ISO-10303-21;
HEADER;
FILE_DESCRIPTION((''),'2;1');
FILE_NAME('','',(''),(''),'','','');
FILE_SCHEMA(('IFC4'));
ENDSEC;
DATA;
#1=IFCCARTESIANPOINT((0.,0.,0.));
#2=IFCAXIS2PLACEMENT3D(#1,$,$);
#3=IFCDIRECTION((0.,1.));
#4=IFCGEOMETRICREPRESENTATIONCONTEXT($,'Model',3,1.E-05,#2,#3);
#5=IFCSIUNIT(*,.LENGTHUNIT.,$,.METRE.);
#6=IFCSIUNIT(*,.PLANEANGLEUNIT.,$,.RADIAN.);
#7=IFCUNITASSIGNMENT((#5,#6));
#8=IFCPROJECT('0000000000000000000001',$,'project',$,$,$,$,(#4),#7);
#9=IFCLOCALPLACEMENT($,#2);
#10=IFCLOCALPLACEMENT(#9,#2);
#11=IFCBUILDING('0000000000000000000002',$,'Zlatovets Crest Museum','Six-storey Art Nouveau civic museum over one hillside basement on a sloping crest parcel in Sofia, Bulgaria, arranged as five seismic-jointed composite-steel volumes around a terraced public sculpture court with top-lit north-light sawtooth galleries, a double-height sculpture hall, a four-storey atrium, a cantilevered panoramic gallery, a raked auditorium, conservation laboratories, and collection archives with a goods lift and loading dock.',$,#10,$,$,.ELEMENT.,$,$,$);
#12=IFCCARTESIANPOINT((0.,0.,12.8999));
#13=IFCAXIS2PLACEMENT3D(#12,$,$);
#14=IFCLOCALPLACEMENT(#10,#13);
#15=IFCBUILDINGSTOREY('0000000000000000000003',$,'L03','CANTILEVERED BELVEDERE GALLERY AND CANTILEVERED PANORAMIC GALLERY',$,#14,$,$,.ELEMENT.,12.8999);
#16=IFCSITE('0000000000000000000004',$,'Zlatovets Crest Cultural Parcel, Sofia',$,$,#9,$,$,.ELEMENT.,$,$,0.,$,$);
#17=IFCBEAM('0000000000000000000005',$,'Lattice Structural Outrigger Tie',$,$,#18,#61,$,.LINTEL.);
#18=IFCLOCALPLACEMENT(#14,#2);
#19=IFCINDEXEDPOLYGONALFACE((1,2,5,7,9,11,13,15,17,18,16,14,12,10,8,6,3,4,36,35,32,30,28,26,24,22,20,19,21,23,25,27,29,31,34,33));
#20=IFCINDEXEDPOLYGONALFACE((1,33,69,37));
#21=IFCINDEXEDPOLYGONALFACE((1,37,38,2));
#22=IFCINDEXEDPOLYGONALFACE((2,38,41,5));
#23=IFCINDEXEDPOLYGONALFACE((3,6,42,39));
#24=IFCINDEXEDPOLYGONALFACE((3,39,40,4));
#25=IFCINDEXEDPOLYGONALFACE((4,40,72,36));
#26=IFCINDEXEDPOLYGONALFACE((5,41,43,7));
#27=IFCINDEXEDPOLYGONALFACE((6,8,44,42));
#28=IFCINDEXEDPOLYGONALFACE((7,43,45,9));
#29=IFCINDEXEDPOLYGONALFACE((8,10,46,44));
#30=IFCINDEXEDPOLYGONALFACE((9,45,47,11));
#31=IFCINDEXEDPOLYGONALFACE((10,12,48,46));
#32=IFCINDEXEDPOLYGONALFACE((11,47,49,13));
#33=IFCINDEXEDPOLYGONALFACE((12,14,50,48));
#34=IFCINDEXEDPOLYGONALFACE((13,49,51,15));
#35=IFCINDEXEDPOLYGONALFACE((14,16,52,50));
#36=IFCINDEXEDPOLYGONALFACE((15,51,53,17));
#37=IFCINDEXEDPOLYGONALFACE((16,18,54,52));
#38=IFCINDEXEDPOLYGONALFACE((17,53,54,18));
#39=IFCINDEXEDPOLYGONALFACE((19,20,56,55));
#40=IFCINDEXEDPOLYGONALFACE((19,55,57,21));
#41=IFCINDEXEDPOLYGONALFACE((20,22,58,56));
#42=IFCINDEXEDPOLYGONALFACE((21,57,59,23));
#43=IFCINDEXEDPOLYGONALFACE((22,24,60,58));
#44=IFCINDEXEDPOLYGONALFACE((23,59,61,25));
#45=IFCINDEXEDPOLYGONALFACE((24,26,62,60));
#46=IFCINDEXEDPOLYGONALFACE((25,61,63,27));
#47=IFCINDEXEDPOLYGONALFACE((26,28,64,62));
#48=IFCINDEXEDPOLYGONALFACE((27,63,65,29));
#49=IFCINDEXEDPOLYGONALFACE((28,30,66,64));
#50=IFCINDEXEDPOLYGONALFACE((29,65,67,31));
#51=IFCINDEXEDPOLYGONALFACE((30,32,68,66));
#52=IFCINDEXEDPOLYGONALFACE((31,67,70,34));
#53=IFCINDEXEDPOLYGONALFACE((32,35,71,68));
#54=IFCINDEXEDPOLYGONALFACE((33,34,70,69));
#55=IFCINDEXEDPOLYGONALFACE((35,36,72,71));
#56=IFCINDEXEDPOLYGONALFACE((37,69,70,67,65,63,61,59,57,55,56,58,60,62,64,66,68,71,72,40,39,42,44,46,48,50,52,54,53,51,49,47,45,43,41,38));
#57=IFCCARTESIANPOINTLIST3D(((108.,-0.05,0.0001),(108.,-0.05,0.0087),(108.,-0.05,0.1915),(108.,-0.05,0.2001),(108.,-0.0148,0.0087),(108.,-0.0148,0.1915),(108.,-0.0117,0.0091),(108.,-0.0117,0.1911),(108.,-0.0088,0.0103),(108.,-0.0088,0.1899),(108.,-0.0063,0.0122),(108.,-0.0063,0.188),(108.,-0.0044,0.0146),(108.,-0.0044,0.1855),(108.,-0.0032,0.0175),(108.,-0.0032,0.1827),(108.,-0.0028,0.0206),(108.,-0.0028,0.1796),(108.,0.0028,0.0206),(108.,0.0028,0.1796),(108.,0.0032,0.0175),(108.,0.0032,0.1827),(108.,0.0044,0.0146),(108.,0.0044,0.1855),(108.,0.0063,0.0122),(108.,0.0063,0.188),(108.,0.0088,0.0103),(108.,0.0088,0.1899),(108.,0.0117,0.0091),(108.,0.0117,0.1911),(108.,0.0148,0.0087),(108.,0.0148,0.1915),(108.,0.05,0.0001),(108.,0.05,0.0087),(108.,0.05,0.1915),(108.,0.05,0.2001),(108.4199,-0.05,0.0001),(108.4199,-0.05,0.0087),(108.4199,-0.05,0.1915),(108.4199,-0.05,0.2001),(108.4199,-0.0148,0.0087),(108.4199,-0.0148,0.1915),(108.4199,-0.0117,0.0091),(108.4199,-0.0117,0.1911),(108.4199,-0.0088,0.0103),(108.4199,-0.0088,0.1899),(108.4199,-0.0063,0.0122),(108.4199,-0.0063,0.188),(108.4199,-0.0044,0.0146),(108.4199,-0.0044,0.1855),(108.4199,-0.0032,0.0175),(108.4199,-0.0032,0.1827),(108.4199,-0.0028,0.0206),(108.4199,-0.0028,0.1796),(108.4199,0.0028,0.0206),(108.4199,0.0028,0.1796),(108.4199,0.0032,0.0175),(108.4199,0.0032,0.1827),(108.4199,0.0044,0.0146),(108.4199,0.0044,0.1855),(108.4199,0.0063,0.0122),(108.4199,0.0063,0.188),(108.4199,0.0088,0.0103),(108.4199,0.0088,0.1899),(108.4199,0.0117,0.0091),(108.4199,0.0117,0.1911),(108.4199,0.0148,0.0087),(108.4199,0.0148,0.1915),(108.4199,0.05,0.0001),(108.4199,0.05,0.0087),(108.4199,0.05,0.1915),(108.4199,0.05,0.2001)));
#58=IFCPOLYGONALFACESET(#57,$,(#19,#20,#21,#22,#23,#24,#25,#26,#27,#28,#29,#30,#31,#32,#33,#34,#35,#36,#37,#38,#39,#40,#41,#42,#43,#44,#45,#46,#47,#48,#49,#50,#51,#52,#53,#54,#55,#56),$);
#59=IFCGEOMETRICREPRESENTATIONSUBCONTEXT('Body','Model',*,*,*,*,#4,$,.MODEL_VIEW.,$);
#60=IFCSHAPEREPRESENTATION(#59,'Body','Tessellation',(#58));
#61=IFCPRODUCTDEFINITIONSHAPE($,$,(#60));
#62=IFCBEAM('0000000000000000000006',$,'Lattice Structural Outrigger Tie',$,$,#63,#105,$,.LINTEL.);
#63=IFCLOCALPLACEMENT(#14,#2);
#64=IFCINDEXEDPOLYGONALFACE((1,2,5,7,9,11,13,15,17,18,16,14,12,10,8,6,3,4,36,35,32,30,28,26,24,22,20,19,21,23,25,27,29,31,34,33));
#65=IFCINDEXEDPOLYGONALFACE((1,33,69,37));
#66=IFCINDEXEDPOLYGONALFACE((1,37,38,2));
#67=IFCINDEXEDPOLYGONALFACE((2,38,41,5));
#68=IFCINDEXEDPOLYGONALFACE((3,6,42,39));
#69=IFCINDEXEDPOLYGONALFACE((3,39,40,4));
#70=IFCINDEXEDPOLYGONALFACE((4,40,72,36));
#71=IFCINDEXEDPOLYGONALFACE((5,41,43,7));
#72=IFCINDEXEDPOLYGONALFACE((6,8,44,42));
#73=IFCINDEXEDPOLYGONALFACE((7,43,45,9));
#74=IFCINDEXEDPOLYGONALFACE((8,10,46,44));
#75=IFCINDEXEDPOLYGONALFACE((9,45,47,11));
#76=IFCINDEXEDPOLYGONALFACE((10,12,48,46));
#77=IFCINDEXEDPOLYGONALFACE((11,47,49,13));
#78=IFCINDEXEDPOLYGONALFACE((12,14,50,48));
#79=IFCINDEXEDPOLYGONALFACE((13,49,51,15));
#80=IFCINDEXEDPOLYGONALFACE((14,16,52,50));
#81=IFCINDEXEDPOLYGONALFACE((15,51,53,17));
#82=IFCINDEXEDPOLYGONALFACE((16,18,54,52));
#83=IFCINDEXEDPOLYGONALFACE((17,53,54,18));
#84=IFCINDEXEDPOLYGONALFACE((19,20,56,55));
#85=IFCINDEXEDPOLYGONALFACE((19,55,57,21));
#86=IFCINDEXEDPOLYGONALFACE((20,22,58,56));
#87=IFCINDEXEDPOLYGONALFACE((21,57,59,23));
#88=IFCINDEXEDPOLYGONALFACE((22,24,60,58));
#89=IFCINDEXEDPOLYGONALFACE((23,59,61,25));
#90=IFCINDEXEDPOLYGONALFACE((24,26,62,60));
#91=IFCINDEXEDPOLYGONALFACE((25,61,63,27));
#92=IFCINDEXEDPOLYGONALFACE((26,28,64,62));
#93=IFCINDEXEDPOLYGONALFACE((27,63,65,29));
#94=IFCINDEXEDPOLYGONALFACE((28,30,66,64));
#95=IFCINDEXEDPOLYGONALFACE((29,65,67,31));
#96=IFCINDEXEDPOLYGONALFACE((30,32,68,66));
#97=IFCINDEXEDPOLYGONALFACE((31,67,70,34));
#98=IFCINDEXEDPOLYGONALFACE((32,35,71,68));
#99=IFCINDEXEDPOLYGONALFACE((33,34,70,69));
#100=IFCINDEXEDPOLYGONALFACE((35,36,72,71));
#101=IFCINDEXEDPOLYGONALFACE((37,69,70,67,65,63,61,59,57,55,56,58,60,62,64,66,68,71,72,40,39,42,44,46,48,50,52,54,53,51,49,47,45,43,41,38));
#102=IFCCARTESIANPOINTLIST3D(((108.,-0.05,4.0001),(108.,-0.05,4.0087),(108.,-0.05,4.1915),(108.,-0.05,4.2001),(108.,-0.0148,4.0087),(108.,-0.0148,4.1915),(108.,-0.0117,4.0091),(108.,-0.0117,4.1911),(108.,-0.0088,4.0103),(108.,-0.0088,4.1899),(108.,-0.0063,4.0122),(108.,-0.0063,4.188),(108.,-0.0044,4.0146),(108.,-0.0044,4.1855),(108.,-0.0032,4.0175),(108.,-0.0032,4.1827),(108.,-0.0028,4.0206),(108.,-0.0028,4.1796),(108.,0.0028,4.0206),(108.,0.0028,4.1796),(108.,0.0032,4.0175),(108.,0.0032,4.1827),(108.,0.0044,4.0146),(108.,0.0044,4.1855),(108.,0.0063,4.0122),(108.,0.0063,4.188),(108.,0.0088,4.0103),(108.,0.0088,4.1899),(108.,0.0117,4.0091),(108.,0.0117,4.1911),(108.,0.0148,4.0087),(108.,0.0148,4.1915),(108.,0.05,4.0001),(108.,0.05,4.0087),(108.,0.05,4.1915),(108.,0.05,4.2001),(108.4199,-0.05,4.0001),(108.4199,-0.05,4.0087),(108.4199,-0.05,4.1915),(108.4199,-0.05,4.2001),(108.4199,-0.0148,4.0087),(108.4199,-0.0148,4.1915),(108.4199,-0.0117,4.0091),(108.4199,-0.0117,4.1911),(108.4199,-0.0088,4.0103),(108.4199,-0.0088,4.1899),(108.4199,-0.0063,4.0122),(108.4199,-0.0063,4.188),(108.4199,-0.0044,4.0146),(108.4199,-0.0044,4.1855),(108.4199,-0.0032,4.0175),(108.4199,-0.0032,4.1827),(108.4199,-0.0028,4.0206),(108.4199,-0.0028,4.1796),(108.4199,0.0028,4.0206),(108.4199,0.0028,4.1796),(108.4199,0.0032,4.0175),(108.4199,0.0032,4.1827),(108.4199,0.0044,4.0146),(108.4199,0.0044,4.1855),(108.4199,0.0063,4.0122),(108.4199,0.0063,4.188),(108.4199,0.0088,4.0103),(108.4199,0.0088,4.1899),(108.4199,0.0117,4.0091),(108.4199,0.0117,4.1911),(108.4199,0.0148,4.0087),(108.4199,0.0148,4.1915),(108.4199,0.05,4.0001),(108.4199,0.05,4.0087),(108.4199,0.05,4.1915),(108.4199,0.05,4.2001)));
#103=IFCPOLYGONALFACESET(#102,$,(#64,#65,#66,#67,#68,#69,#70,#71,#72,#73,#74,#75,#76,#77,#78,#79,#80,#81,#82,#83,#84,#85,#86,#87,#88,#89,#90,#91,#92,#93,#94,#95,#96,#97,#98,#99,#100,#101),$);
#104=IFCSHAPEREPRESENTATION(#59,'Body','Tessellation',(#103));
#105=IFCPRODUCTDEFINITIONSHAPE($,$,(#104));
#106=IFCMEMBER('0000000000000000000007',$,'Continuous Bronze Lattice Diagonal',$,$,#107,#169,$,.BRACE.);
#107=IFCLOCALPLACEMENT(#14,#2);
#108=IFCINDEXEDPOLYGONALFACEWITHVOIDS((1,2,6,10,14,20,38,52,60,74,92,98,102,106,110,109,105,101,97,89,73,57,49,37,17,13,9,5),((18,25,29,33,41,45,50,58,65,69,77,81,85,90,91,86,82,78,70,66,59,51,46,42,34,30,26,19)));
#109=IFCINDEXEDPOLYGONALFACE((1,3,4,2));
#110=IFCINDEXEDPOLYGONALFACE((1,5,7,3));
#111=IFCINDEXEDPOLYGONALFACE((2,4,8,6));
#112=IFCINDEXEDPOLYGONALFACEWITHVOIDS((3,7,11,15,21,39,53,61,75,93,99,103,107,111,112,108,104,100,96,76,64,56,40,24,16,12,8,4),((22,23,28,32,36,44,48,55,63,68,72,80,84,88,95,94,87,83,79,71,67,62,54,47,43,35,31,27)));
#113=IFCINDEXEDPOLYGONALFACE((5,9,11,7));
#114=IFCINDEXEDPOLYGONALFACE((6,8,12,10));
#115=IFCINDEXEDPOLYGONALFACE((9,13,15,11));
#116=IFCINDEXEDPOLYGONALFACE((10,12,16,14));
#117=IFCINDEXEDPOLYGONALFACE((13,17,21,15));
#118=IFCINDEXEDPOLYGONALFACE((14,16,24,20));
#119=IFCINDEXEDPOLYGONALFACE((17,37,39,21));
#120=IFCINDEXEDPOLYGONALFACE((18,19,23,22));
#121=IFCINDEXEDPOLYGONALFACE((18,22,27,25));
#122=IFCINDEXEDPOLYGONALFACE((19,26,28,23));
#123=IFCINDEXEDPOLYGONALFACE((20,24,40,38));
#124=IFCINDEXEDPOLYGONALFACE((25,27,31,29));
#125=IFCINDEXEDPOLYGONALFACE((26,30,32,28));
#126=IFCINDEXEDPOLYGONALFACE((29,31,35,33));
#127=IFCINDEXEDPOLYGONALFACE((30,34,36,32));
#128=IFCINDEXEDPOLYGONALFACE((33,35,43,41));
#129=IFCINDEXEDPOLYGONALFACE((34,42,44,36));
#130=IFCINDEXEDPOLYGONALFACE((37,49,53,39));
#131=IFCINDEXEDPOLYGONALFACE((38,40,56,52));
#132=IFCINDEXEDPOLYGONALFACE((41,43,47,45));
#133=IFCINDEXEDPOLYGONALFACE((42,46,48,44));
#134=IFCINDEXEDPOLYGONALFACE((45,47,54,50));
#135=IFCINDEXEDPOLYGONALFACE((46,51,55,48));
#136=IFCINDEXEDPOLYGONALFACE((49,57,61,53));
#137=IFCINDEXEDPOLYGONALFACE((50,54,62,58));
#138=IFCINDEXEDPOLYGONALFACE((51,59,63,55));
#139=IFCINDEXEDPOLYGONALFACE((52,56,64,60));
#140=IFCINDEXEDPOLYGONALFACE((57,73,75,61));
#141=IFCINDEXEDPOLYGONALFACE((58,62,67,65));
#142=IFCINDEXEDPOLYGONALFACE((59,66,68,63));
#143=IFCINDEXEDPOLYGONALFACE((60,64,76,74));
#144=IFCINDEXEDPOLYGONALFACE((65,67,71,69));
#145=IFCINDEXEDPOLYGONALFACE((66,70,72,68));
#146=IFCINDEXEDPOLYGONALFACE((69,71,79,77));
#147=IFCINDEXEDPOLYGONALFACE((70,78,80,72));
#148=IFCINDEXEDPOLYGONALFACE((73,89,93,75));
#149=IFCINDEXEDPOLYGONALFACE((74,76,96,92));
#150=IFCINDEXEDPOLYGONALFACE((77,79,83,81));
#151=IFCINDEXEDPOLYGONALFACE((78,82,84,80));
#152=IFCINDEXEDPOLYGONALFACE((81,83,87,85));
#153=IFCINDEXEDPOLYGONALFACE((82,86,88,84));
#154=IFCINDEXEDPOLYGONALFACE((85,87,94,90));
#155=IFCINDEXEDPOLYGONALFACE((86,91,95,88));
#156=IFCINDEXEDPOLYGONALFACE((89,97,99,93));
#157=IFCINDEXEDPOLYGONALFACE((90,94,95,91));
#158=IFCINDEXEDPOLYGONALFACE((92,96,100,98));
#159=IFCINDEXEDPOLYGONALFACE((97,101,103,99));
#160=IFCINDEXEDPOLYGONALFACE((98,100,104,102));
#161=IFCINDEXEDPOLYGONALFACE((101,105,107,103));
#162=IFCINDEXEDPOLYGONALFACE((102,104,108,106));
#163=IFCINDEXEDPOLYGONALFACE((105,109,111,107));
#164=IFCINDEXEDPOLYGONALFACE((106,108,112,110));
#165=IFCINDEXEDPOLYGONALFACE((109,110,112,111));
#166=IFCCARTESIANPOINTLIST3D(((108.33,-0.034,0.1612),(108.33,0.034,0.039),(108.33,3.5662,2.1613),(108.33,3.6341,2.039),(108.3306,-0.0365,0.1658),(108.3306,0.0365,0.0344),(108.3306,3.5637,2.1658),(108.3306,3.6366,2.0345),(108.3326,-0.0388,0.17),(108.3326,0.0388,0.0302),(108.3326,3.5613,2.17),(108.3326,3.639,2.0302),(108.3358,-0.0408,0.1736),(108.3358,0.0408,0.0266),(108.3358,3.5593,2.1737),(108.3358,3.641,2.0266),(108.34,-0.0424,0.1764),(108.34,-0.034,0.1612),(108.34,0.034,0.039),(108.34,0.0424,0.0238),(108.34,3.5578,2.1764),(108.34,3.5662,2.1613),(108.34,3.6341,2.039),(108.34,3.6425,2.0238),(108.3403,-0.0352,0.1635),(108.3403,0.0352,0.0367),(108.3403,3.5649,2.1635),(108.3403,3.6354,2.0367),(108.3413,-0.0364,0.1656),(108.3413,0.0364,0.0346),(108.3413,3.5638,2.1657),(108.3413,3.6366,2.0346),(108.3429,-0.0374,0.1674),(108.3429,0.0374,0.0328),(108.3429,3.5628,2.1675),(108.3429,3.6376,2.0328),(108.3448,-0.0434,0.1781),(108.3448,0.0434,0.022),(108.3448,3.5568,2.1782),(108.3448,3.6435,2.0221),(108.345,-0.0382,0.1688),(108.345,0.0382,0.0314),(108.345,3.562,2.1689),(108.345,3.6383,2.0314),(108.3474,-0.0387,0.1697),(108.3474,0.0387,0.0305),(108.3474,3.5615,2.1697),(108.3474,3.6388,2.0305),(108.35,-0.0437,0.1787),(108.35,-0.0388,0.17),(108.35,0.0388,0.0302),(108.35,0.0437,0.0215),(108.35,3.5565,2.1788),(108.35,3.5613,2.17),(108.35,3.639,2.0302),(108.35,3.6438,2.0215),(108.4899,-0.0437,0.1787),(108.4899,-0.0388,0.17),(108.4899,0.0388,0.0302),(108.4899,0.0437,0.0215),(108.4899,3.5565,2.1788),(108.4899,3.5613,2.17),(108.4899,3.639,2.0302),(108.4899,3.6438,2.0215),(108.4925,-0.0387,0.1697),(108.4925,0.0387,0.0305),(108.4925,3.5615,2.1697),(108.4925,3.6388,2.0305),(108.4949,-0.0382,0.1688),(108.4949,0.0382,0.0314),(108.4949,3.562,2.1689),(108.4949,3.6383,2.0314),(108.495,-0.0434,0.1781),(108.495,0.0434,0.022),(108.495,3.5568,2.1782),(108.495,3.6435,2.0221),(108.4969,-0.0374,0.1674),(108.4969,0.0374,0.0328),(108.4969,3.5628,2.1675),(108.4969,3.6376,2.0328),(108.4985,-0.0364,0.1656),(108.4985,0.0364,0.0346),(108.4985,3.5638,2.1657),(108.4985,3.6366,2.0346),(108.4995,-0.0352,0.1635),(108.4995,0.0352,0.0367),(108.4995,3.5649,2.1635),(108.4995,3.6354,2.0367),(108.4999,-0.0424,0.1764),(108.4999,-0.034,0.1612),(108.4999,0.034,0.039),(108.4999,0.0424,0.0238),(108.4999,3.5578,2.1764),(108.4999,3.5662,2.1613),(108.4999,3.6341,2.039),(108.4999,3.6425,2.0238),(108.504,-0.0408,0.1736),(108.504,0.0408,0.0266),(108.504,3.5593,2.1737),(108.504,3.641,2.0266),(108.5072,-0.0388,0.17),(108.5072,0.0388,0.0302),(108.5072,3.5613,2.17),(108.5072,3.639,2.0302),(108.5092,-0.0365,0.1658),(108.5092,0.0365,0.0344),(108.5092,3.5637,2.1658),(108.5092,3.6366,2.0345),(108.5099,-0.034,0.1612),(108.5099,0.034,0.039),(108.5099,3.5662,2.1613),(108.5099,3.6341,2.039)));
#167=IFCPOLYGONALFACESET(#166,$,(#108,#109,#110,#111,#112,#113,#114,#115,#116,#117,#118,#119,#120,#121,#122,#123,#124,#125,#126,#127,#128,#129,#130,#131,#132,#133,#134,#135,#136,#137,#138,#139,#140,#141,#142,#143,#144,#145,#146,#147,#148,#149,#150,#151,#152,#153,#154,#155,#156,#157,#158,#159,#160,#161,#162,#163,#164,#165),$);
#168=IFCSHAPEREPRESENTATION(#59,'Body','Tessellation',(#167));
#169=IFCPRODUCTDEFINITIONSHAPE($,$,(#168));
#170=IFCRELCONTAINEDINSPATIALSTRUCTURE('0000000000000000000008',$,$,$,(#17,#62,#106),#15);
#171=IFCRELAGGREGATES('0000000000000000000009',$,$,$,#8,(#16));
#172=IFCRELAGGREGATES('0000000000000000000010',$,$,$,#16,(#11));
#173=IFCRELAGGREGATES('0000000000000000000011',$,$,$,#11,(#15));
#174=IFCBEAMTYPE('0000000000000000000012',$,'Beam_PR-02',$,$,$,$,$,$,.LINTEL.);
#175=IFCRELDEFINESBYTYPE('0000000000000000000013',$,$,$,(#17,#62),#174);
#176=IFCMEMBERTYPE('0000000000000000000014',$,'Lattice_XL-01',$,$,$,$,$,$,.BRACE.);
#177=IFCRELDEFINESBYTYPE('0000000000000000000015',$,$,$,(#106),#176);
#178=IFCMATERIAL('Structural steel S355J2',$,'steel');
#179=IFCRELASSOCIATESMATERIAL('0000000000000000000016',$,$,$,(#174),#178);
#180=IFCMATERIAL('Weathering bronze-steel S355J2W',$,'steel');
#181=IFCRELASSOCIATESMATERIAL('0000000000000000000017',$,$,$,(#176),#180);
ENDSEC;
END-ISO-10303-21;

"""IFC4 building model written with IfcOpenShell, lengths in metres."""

from ifc_helpers import new_model, si_unit, direction, frame, origin, origin_2d, place, context, subcontext, project, spatial, hollow_rectangle, i_section, extrude, material, material_profile, profile_set, type_object, element, save


model = new_model("IFC4")

# Units and contexts
model_context = context("Model", 3, precision=1e-05, world=origin(), true_north=direction((0.0, 1.0)))
body_context = subcontext(model_context, "Body", "Model", "MODEL_VIEW")
ifc_project = project(units=[si_unit("LENGTHUNIT", "METRE"), si_unit("PLANEANGLEUNIT", "RADIAN")], contexts=[model_context])

# Site, building, storey
site_placement = place(None, origin())
site = spatial("IfcSite", under=ifc_project, at=site_placement, Name="Zlatovets Crest Cultural Parcel, Sofia", CompositionType="ELEMENT", RefElevation=0.0)
building_placement = place(site_placement, origin())
building = spatial("IfcBuilding", under=site, at=building_placement, Name="Zlatovets Crest Museum", Description="Six-storey Art Nouveau civic museum over one hillside basement on a sloping crest parcel in Sofia, Bulgaria, arranged as five seismic-jointed composite-steel volumes around a terraced public sculpture court with top-lit north-light sawtooth galleries, a double-height sculpture hall, a four-storey atrium, a cantilevered panoramic gallery, a raked auditorium, conservation laboratories, and collection archives with a goods lift and loading dock.", CompositionType="ELEMENT")
storey_placement = place(building_placement, frame((0.0, 0.0, 12.8999)))
storey = spatial("IfcBuildingStorey", under=building, at=storey_placement, Name="L03", Description="CANTILEVERED BELVEDERE GALLERY AND CANTILEVERED PANORAMIC GALLERY", CompositionType="ELEMENT", Elevation=12.8999)

# Shared definitions
ifc_material_1 = material(Name="Structural steel S355J2", Category="steel")

# Beams
ifc_material_profile_1 = material_profile(ifc_material_1, i_section(OverallWidth=0.1001, OverallDepth=0.2, WebThickness=0.0056, FlangeThickness=0.0085, FilletRadius=0.012, at=origin_2d()), Name="IPE 200")
ifc_profile_set_1 = profile_set([ifc_material_profile_1], Name="Structural steel S355J2")
beam_type_1 = type_object("IfcBeamType", Name="Beam_PR-02", PredefinedType="LINTEL", material=ifc_profile_set_1)
for number, where, z_axis, x_axis, name in (
    (1, (108.0, 0.0, 0.1001), (1.0, 0.0, 0.0), (0.0, 1.0, 0.0), "Lattice Structural Outrigger Tie"),
    (2, (108.0, 0.0, 4.1001), (1.0, 0.0, 0.0), (0.0, 1.0, 0.0), "Lattice Structural Outrigger Tie"),
):
    element("IfcBeam", number, at=place(storey_placement, frame(where, z_axis=z_axis, x_axis=x_axis)), inside=storey, type_object=beam_type_1, Name=name, PredefinedType="LINTEL", context=body_context, shape_type="SweptSolid", body=[
        extrude(i_section(OverallWidth=0.1001, OverallDepth=0.2, WebThickness=0.0056, FlangeThickness=0.0085, FilletRadius=0.012, at=origin_2d()), origin(), (0.0, 0.0, 1.0), 0.4199),
    ])

# Member
ifc_material_2 = material(Name="Weathering bronze-steel S355J2W", Category="steel")
ifc_material_profile_2 = material_profile(ifc_material_2, hollow_rectangle(XDim=0.1799, YDim=0.1799, WallThickness=0.01, InnerFilletRadius=0.01, OuterFilletRadius=0.02, at=origin_2d()), Name="SHS 180x180x10.0")
ifc_profile_set_2 = profile_set([ifc_material_profile_2], Name="Weathering bronze-steel S355J2W")
member_type_1 = type_object("IfcMemberType", Name="Lattice_XL-01", PredefinedType="BRACE", material=ifc_profile_set_2)
member_1_placement = place(storey_placement, frame((108.4199, 0.0, 0.1001), z_axis=(0.0, 0.874163, 0.485633), x_axis=(-1.0, 0.0, 0.0)))
element("IfcMember", 3, at=member_1_placement, inside=storey, type_object=member_type_1, Name="Continuous Bronze Lattice Diagonal", PredefinedType="BRACE", context=body_context, shape_type="SweptSolid", body=[
    extrude(hollow_rectangle(XDim=0.1799, YDim=0.1799, WallThickness=0.01, InnerFilletRadius=0.01, OuterFilletRadius=0.02, at=origin_2d()), origin(), (0.0, 0.0, 1.0), 4.1184),
])

save(model, "model.ifc")
